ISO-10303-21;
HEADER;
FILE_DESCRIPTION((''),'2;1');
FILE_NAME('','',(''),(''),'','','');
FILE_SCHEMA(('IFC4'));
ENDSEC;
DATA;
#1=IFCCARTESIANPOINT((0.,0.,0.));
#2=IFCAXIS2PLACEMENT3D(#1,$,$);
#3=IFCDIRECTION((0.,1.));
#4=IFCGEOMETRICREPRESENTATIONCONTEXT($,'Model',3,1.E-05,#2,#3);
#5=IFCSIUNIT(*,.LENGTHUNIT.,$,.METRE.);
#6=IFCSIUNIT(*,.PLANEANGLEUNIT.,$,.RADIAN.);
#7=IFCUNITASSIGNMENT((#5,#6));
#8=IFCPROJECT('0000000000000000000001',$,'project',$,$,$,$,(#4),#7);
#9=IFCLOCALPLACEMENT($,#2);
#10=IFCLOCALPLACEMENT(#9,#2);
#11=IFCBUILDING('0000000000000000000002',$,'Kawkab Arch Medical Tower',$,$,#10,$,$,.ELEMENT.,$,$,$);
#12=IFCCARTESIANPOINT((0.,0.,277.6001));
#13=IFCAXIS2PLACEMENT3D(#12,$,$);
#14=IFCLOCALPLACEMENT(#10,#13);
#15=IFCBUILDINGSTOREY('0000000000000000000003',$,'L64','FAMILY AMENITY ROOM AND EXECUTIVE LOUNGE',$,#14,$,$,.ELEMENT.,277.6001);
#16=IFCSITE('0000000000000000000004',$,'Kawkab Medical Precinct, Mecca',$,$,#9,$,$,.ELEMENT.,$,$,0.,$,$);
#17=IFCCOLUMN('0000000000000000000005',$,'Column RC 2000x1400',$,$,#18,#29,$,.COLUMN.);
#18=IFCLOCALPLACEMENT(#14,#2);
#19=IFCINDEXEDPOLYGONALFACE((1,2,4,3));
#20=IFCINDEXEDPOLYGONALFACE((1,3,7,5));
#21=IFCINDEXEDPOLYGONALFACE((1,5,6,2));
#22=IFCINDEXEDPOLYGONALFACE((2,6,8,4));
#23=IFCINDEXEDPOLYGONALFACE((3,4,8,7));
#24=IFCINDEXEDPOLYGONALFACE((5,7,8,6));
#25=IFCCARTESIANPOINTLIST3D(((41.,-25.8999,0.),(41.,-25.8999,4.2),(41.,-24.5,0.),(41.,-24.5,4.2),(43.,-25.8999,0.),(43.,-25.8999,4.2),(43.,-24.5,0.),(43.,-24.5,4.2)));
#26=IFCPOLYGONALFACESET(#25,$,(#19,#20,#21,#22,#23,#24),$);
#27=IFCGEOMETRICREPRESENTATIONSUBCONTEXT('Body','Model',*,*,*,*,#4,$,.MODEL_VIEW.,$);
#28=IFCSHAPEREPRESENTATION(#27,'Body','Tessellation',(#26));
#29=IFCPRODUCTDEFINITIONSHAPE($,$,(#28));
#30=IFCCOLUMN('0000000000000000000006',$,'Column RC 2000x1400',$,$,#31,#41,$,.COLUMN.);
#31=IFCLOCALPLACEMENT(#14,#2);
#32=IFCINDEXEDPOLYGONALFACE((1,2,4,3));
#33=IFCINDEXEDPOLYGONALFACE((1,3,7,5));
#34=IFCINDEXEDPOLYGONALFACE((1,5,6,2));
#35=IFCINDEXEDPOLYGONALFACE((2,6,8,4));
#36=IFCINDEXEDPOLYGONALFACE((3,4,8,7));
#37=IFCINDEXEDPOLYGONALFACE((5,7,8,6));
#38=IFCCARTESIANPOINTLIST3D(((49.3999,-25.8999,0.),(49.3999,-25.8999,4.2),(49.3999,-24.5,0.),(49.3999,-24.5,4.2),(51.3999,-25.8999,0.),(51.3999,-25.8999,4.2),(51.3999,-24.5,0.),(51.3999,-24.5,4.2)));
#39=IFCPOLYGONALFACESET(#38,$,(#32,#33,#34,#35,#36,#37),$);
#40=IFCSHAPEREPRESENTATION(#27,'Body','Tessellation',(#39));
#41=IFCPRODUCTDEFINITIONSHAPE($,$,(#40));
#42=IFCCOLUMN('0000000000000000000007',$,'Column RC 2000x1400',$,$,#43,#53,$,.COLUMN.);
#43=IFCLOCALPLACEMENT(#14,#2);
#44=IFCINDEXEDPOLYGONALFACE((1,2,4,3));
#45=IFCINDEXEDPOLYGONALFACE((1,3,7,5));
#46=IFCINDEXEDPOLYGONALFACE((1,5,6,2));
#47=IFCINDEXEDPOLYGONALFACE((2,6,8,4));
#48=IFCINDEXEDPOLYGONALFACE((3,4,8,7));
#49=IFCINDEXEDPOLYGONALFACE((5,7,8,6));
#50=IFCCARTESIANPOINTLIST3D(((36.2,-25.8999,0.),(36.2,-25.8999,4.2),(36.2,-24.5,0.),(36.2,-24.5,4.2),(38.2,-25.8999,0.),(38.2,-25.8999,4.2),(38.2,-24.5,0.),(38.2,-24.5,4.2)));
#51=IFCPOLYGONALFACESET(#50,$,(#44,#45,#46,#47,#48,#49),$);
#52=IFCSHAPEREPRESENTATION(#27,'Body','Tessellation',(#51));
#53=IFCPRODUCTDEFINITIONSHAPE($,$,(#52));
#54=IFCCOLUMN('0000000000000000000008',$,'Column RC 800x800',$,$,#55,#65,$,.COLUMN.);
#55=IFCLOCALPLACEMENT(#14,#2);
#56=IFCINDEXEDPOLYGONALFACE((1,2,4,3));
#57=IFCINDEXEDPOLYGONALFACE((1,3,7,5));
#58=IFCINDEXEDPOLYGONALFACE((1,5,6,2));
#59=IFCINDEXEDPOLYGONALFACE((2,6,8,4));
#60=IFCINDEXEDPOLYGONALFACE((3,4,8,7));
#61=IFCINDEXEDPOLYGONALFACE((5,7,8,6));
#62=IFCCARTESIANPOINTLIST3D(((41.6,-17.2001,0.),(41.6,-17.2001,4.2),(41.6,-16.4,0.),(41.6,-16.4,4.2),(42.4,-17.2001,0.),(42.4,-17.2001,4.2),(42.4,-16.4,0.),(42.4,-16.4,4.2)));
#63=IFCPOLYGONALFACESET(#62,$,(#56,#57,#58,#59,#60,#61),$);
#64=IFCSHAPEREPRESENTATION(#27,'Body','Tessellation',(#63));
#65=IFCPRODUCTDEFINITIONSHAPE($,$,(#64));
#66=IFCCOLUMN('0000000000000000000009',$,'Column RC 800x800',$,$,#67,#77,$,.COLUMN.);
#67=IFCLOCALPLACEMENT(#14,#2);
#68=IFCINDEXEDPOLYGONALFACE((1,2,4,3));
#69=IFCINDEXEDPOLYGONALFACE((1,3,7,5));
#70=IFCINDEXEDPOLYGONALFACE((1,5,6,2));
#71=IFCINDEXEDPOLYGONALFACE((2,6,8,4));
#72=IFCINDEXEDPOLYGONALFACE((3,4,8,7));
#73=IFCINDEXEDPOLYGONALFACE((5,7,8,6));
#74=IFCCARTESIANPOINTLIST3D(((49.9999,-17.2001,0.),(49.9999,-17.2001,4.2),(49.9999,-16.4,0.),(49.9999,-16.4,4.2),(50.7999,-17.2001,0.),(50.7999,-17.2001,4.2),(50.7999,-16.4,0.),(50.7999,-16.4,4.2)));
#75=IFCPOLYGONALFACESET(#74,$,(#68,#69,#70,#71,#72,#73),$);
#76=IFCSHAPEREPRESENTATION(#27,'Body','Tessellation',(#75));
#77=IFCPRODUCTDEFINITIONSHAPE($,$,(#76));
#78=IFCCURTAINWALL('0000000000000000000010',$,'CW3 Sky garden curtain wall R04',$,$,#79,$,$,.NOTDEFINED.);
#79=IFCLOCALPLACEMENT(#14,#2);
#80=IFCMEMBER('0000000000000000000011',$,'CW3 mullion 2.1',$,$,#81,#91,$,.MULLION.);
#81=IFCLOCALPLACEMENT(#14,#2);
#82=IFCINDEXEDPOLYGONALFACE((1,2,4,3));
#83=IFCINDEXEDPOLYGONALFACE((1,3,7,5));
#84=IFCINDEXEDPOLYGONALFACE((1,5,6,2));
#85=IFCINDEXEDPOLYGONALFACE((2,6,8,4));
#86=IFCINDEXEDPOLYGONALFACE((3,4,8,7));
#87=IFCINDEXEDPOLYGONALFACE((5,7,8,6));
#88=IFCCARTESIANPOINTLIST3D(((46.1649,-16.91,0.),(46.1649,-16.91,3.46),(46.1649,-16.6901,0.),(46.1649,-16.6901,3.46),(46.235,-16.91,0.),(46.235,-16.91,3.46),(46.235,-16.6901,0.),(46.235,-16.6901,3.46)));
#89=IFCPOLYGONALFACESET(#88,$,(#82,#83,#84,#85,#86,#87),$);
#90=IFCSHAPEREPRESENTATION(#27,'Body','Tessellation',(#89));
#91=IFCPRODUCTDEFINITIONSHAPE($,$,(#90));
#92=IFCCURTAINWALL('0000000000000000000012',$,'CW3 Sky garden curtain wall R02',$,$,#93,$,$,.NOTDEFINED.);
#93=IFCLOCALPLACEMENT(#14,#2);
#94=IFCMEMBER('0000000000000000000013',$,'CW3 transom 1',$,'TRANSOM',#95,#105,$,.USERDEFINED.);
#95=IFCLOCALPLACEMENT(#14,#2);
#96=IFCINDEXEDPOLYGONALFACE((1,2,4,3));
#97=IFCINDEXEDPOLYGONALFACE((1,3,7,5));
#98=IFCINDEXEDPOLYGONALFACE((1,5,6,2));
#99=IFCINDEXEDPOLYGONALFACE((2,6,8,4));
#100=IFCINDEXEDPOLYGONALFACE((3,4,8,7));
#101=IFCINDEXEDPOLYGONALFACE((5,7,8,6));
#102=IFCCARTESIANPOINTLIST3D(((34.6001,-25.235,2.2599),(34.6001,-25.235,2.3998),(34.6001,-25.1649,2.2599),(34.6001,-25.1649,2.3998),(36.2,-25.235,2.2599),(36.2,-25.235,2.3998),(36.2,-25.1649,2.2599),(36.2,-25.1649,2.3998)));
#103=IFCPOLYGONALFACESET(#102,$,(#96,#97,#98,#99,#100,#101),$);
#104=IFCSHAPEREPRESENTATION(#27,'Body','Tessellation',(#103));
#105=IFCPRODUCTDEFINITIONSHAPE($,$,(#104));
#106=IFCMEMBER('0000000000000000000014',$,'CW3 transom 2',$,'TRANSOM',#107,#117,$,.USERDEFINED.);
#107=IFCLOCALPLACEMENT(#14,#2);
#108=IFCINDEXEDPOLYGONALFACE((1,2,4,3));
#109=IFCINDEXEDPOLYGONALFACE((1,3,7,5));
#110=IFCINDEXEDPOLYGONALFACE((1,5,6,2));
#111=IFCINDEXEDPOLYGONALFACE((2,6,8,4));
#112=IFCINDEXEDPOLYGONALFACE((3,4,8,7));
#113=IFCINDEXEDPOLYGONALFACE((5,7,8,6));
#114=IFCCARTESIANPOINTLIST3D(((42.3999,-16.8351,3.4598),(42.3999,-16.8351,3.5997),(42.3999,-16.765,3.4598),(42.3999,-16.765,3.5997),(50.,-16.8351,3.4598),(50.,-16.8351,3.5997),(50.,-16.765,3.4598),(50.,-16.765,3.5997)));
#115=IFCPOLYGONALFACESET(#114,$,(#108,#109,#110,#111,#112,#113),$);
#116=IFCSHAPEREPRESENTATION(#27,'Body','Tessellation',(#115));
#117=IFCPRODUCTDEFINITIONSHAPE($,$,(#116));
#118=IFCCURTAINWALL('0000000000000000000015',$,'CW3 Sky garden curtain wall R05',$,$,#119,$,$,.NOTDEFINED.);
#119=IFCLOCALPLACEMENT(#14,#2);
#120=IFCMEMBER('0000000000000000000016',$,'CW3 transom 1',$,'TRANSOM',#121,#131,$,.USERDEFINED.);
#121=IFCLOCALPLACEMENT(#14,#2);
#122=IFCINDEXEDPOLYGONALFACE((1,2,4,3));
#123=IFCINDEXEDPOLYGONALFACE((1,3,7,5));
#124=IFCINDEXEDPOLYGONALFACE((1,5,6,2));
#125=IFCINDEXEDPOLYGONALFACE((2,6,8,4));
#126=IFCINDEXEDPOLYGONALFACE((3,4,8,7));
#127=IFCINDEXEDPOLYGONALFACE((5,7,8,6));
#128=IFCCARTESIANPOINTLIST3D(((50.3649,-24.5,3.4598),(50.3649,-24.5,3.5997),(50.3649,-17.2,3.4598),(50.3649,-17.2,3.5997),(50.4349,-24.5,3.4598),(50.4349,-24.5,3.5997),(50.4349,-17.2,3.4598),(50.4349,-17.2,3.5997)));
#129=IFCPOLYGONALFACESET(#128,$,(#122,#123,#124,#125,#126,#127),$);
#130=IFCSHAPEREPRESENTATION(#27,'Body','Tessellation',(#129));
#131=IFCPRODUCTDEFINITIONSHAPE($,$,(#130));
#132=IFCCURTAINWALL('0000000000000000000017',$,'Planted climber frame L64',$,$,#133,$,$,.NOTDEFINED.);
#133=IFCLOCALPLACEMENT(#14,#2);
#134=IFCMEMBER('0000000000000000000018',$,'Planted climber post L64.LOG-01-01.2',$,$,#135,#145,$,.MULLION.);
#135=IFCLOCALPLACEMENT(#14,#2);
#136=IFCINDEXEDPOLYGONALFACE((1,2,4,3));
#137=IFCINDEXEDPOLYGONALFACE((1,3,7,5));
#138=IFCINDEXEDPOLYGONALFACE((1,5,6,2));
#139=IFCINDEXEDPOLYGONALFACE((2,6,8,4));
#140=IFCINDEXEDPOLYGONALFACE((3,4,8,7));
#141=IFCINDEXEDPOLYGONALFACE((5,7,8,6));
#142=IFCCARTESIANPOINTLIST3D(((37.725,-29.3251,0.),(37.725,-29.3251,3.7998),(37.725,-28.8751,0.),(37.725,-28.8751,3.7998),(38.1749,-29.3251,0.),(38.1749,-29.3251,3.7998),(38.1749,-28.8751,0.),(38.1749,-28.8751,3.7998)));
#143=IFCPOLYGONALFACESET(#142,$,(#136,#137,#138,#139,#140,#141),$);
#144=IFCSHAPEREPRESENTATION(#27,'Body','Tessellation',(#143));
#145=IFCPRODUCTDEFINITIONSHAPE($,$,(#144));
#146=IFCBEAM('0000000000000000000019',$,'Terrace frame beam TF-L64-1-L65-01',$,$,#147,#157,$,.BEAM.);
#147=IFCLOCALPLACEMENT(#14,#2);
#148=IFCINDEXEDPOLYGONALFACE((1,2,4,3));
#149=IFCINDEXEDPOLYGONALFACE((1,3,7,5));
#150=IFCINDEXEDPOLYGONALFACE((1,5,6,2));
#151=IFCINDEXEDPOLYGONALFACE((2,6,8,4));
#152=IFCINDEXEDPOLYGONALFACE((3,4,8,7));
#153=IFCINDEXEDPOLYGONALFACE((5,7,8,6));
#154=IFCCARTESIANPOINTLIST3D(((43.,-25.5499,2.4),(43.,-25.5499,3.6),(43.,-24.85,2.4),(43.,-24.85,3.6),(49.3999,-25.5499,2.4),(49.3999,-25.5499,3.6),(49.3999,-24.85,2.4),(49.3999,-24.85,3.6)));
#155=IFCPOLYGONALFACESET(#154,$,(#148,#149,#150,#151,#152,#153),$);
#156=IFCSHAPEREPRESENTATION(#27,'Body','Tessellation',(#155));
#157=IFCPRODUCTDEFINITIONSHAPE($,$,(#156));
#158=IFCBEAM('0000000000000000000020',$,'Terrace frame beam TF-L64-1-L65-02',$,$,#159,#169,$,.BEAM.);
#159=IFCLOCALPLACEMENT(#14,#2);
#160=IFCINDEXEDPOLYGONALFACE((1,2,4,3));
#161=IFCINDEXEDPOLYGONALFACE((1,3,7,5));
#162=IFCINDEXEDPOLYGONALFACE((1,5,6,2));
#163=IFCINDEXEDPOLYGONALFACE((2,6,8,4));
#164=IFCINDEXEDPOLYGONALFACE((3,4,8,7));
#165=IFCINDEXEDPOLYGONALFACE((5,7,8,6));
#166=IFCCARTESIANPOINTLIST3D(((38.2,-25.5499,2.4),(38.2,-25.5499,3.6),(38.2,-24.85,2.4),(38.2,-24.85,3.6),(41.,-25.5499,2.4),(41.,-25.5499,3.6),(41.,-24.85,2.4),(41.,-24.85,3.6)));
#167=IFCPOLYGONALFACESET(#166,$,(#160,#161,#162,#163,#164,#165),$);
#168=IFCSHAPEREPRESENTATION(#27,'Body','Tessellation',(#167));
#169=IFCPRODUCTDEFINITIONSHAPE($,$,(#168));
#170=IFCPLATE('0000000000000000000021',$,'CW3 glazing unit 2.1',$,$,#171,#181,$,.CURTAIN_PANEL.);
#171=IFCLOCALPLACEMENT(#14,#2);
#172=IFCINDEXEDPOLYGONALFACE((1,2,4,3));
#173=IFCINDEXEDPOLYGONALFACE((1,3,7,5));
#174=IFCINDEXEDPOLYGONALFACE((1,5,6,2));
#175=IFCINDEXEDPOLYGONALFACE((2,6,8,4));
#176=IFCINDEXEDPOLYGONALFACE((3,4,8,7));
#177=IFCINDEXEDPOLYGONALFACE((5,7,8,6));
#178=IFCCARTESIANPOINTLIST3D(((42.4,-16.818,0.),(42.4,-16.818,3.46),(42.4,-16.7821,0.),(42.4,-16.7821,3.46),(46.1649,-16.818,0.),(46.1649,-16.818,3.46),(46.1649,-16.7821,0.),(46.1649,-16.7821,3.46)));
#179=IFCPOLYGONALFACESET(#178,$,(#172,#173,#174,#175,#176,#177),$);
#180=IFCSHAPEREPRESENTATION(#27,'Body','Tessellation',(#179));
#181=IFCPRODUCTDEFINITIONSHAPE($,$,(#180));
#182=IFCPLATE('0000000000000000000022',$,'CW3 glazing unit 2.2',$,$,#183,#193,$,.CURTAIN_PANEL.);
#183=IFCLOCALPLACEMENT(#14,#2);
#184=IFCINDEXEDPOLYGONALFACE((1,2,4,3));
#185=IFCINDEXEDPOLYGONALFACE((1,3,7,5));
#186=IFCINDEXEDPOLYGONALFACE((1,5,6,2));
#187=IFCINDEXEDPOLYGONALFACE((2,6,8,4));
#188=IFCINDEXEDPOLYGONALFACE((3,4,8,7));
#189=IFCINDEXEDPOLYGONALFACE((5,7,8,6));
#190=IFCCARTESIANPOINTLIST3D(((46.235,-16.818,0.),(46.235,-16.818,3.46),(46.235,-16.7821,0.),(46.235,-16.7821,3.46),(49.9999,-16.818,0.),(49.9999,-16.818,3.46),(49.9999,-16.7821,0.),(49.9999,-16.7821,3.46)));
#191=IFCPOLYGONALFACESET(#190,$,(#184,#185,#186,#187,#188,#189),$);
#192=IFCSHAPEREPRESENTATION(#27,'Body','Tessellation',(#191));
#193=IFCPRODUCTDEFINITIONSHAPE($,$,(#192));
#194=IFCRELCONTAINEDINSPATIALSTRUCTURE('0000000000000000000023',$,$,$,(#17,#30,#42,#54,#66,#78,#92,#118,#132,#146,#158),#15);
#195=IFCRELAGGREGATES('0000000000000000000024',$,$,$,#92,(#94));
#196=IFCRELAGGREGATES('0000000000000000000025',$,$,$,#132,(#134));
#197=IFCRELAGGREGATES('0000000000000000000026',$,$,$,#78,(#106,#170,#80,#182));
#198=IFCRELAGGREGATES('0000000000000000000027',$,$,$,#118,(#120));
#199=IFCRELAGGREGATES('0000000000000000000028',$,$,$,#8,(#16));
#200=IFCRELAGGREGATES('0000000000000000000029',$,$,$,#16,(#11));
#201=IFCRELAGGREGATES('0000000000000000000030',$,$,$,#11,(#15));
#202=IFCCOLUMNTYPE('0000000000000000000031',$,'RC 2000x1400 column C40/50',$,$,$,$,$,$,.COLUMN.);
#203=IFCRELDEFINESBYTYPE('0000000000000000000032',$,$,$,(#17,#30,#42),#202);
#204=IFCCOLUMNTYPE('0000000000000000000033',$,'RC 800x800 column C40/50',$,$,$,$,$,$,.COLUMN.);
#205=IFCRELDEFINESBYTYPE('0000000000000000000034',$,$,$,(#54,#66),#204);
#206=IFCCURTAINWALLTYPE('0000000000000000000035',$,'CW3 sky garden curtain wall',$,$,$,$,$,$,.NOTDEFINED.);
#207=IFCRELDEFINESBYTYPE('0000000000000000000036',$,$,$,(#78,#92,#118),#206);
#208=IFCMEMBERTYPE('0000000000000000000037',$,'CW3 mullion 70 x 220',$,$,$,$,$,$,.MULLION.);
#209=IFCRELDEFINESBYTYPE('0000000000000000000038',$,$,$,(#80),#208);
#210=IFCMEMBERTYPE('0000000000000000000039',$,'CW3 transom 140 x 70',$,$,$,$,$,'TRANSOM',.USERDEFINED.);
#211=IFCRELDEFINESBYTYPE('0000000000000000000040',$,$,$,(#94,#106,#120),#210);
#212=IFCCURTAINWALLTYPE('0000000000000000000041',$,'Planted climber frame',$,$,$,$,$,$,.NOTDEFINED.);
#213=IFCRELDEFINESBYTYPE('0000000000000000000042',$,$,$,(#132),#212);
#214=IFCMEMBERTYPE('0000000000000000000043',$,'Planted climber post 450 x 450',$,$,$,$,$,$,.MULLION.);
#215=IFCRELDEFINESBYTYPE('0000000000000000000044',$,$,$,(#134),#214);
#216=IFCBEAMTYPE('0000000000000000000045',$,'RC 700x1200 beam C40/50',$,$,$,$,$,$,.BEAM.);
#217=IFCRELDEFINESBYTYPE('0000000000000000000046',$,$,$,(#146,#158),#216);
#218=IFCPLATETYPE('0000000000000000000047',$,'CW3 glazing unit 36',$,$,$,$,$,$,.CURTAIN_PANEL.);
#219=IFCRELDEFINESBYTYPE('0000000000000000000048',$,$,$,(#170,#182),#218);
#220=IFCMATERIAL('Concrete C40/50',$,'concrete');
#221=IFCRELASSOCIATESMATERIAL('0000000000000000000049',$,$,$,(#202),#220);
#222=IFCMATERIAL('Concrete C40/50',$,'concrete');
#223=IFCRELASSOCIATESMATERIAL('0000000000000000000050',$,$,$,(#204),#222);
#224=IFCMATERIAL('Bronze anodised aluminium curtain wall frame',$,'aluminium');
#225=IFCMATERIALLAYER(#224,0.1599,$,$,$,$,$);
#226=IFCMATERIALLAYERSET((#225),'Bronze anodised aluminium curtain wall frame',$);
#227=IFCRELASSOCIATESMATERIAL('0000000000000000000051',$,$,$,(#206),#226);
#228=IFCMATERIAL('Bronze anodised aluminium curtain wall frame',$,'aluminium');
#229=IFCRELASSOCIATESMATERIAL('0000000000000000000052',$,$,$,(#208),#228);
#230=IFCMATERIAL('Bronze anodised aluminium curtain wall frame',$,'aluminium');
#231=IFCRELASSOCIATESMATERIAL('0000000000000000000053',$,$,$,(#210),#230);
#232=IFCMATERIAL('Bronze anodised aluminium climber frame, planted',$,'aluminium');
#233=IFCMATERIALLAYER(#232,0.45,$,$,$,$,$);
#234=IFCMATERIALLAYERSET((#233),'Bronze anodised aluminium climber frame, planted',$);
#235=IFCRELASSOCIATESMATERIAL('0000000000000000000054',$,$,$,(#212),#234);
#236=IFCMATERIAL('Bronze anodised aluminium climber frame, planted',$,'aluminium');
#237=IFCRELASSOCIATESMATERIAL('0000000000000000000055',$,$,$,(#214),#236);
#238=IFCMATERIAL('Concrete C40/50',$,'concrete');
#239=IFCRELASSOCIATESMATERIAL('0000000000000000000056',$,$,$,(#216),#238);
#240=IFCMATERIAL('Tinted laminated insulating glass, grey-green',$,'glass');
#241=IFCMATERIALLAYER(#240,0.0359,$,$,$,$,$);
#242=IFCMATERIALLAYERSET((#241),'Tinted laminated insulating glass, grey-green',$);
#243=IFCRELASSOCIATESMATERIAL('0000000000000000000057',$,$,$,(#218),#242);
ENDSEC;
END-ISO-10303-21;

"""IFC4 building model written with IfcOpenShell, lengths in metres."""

from ifc_helpers import new_model, si_unit, direction, frame, origin, origin_2d, place, context, subcontext, project, spatial, rectangle, extrude, material, layer, layer_set, material_profile, profile_set, type_object, element, aggregate, save


model = new_model("IFC4")

# Units and contexts
model_context = context("Model", 3, precision=1e-05, world=origin(), true_north=direction((0.0, 1.0)))
body_context = subcontext(model_context, "Body", "Model", "MODEL_VIEW")
ifc_project = project(units=[si_unit("LENGTHUNIT", "METRE"), si_unit("PLANEANGLEUNIT", "RADIAN")], contexts=[model_context])

# Site, building, storey
site_placement = place(None, origin())
site = spatial("IfcSite", under=ifc_project, at=site_placement, Name="Kawkab Medical Precinct, Mecca", CompositionType="ELEMENT", RefElevation=0.0)
building_placement = place(site_placement, origin())
building = spatial("IfcBuilding", under=site, at=building_placement, Name="Kawkab Arch Medical Tower", CompositionType="ELEMENT")
storey_placement = place(building_placement, frame((0.0, 0.0, 277.6001)))
storey = spatial("IfcBuildingStorey", under=building, at=storey_placement, Name="L64", Description="FAMILY AMENITY ROOM AND EXECUTIVE LOUNGE", CompositionType="ELEMENT", Elevation=277.6001)

# Columns
ifc_material_1 = material(Name="Concrete C40/50", Category="concrete")
ifc_material_profile_1 = material_profile(ifc_material_1, rectangle(XDim=2.0, YDim=1.3999, at=origin_2d()), Name="RC 2000x1400")
ifc_profile_set_1 = profile_set([ifc_material_profile_1], Name="Concrete C40/50")
column_type_1 = type_object("IfcColumnType", Name="RC 2000x1400 column C40/50", PredefinedType="COLUMN", material=ifc_profile_set_1)
for number, where, z_axis, x_axis, name in (
    (1, (42.0, -25.2, 0.0), (0.0, 0.0, 1.0), (-1.0, 0.0, 0.0), "Column RC 2000x1400"),
    (2, (50.3999, -25.2, 0.0), (0.0, 0.0, 1.0), (-1.0, 0.0, 0.0), "Column RC 2000x1400"),
    (3, (37.2, -25.2, 0.0), (0.0, 0.0, 1.0), (-1.0, 0.0, 0.0), "Column RC 2000x1400"),
):
    element("IfcColumn", number, at=place(storey_placement, frame(where, z_axis=z_axis, x_axis=x_axis)), inside=storey, type_object=column_type_1, Name=name, PredefinedType="COLUMN", context=body_context, shape_type="SweptSolid", body=[
        extrude(rectangle(XDim=2.0, YDim=1.3999, at=origin_2d()), origin(), (0.0, 0.0, 1.0), 4.2),
    ])
ifc_material_2 = material(Name="Concrete C40/50", Category="concrete")
ifc_material_profile_2 = material_profile(ifc_material_2, rectangle(XDim=0.8, YDim=0.8, at=origin_2d()), Name="RC 800x800")
ifc_profile_set_2 = profile_set([ifc_material_profile_2], Name="Concrete C40/50")
column_type_2 = type_object("IfcColumnType", Name="RC 800x800 column C40/50", PredefinedType="COLUMN", material=ifc_profile_set_2)
for number, where, z_axis, x_axis, name in (
    (4, (42.0, -16.8, 0.0), (0.0, 0.0, 1.0), (1.0, 0.0, 0.0), "Column RC 800x800"),
    (5, (50.3999, -16.8, 0.0), (0.0, 0.0, 1.0), (1.0, 0.0, 0.0), "Column RC 800x800"),
):
    element("IfcColumn", number, at=place(storey_placement, frame(where, z_axis=z_axis, x_axis=x_axis)), inside=storey, type_object=column_type_2, Name=name, PredefinedType="COLUMN", context=body_context, shape_type="SweptSolid", body=[
        extrude(rectangle(XDim=0.8, YDim=0.8, at=origin_2d()), origin(), (0.0, 0.0, 1.0), 4.2),
    ])

# Curtain walls, members
ifc_material_3 = material(Name="Bronze anodised aluminium curtain wall frame", Category="aluminium")
ifc_layer_1 = layer(ifc_material_3, 0.1599)
ifc_layer_set_1 = layer_set([ifc_layer_1], Name="Bronze anodised aluminium curtain wall frame")
curtain_wall_type_1 = type_object("IfcCurtainWallType", Name="CW3 sky garden curtain wall", PredefinedType="NOTDEFINED", material=ifc_layer_set_1)
placement = place(storey_placement, origin())
curtain_wall_1 = element("IfcCurtainWall", 6, at=placement, inside=storey, type_object=curtain_wall_type_1, Name="CW3 Sky garden curtain wall R04", PredefinedType="NOTDEFINED")
ifc_material_4 = material(Name="Bronze anodised aluminium curtain wall frame", Category="aluminium")
ifc_material_profile_3 = material_profile(ifc_material_4, rectangle(XDim=0.22, YDim=0.0701, at=origin_2d()), Name="AL 70x220")
ifc_profile_set_3 = profile_set([ifc_material_profile_3], Name="Bronze anodised aluminium curtain wall frame")
member_type_1 = type_object("IfcMemberType", Name="CW3 mullion 70 x 220", PredefinedType="MULLION", material=ifc_profile_set_3)
member_1_placement = place(storey_placement, frame((46.2, -16.8, 0.0), z_axis=(0.0, 0.0, 1.0), x_axis=(0.0, 1.0, 0.0)))
member_1 = element("IfcMember", 7, at=member_1_placement, type_object=member_type_1, Name="CW3 mullion 2.1", PredefinedType="MULLION", context=body_context, shape_type="SweptSolid", body=[
    extrude(rectangle(XDim=0.22, YDim=0.0701, at=origin_2d()), origin(), (0.0, 0.0, 1.0), 3.46),
])
curtain_wall_2 = element("IfcCurtainWall", 8, at=placement, inside=storey, type_object=curtain_wall_type_1, Name="CW3 Sky garden curtain wall R02", PredefinedType="NOTDEFINED")
ifc_material_5 = material(Name="Bronze anodised aluminium curtain wall frame", Category="aluminium")
ifc_material_profile_4 = material_profile(ifc_material_5, rectangle(XDim=0.0701, YDim=0.1399, at=origin_2d()), Name="AL 70x140")
ifc_profile_set_4 = profile_set([ifc_material_profile_4], Name="Bronze anodised aluminium curtain wall frame")
member_type_2 = type_object("IfcMemberType", Name="CW3 transom 140 x 70", ElementType="TRANSOM", PredefinedType="USERDEFINED", material=ifc_profile_set_4)
member_2_placement = place(storey_placement, frame((36.2, -25.2, 2.3298), z_axis=(-1.0, 0.0, 0.0), x_axis=(0.0, -1.0, 0.0)))
member_2 = element("IfcMember", 9, at=member_2_placement, type_object=member_type_2, Name="CW3 transom 1", ObjectType="TRANSOM", PredefinedType="USERDEFINED", context=body_context, shape_type="SweptSolid", body=[
    extrude(rectangle(XDim=0.0701, YDim=0.1399, at=origin_2d()), origin(), (0.0, 0.0, 1.0), 1.5999),
])
aggregate(curtain_wall_2, [member_2])

# Member
member_3_placement = place(storey_placement, frame((42.3999, -16.8, 3.5298), z_axis=(1.0, 0.0, 0.0), x_axis=(0.0, 1.0, 0.0)))
member_3 = element("IfcMember", 10, at=member_3_placement, type_object=member_type_2, Name="CW3 transom 2", ObjectType="TRANSOM", PredefinedType="USERDEFINED", context=body_context, shape_type="SweptSolid", body=[
    extrude(rectangle(XDim=0.0701, YDim=0.1399, at=origin_2d()), origin(), (0.0, 0.0, 1.0), 7.6001),
])

# Curtain walls, members
curtain_wall_3 = element("IfcCurtainWall", 11, at=placement, inside=storey, type_object=curtain_wall_type_1, Name="CW3 Sky garden curtain wall R05", PredefinedType="NOTDEFINED")
member_4_placement = place(storey_placement, frame((50.3999, -17.2, 3.5298), z_axis=(0.0, -1.0, 0.0), x_axis=(1.0, 0.0, 0.0)))
member_4 = element("IfcMember", 12, at=member_4_placement, type_object=member_type_2, Name="CW3 transom 1", ObjectType="TRANSOM", PredefinedType="USERDEFINED", context=body_context, shape_type="SweptSolid", body=[
    extrude(rectangle(XDim=0.0701, YDim=0.1399, at=origin_2d()), origin(), (0.0, 0.0, 1.0), 7.3),
])
ifc_material_6 = material(Name="Bronze anodised aluminium climber frame, planted", Category="aluminium")
ifc_layer_2 = layer(ifc_material_6, 0.45)
ifc_layer_set_2 = layer_set([ifc_layer_2], Name="Bronze anodised aluminium climber frame, planted")
curtain_wall_type_2 = type_object("IfcCurtainWallType", Name="Planted climber frame", PredefinedType="NOTDEFINED", material=ifc_layer_set_2)
curtain_wall_4 = element("IfcCurtainWall", 13, at=placement, inside=storey, type_object=curtain_wall_type_2, Name="Planted climber frame L64", PredefinedType="NOTDEFINED")
ifc_material_7 = material(Name="Bronze anodised aluminium climber frame, planted", Category="aluminium")
ifc_material_profile_5 = material_profile(ifc_material_7, rectangle(XDim=0.45, YDim=0.45, at=origin_2d()), Name="Post 450x450")
ifc_profile_set_5 = profile_set([ifc_material_profile_5], Name="Bronze anodised aluminium climber frame, planted")
member_type_3 = type_object("IfcMemberType", Name="Planted climber post 450 x 450", PredefinedType="MULLION", material=ifc_profile_set_5)
member_5_placement = place(storey_placement, frame((37.95, -29.1001, 0.0), z_axis=(0.0, 0.0, 1.0), x_axis=(1.0, 0.0, 0.0)))
member_5 = element("IfcMember", 14, at=member_5_placement, type_object=member_type_3, Name="Planted climber post L64.LOG-01-01.2", PredefinedType="MULLION", context=body_context, shape_type="SweptSolid", body=[
    extrude(rectangle(XDim=0.45, YDim=0.45, at=origin_2d()), origin(), (0.0, 0.0, 1.0), 3.7998),
])
aggregate(curtain_wall_4, [member_5])

# Beams
ifc_material_8 = material(Name="Concrete C40/50", Category="concrete")
ifc_material_profile_6 = material_profile(ifc_material_8, rectangle(XDim=0.7, YDim=1.2, at=origin_2d()), Name="RC 700x1200")
ifc_profile_set_6 = profile_set([ifc_material_profile_6], Name="Concrete C40/50")
beam_type = type_object("IfcBeamType", Name="RC 700x1200 beam C40/50", PredefinedType="BEAM", material=ifc_profile_set_6)
beam_1_placement = place(storey_placement, frame((49.3999, -25.2, 3.0), z_axis=(-1.0, 0.0, 0.0), x_axis=(0.0, -1.0, 0.0)))
element("IfcBeam", 15, at=beam_1_placement, inside=storey, type_object=beam_type, Name="Terrace frame beam TF-L64-1-L65-01", PredefinedType="BEAM", context=body_context, shape_type="SweptSolid", body=[
    extrude(rectangle(XDim=0.7, YDim=1.2, at=origin_2d()), origin(), (0.0, 0.0, 1.0), 6.3999),
])
beam_2_placement = place(storey_placement, frame((41.0, -25.2, 3.0), z_axis=(-1.0, 0.0, 0.0), x_axis=(0.0, -1.0, 0.0)))
element("IfcBeam", 16, at=beam_2_placement, inside=storey, type_object=beam_type, Name="Terrace frame beam TF-L64-1-L65-02", PredefinedType="BEAM", context=body_context, shape_type="SweptSolid", body=[
    extrude(rectangle(XDim=0.7, YDim=1.2, at=origin_2d()), origin(), (0.0, 0.0, 1.0), 2.8),
])

# Plates
ifc_material_9 = material(Name="Tinted laminated insulating glass, grey-green", Category="glass")
ifc_layer_3 = layer(ifc_material_9, 0.0359)
ifc_layer_set_3 = layer_set([ifc_layer_3], Name="Tinted laminated insulating glass, grey-green")
plate_type = type_object("IfcPlateType", Name="CW3 glazing unit 36", PredefinedType="CURTAIN_PANEL", material=ifc_layer_set_3)
plate_1_placement = place(storey_placement, frame((44.2825, -16.8, 0.0), z_axis=(0.0, 0.0, 1.0), x_axis=(1.0, 0.0, 0.0)))
plate_1 = element("IfcPlate", 17, at=plate_1_placement, type_object=plate_type, Name="CW3 glazing unit 2.1", PredefinedType="CURTAIN_PANEL", context=body_context, shape_type="SweptSolid", body=[
    extrude(rectangle(XDim=3.7649, YDim=0.0359, at=origin_2d()), origin(), (0.0, 0.0, 1.0), 3.46),
])
plate_2_placement = place(storey_placement, frame((48.1174, -16.8, 0.0), z_axis=(0.0, 0.0, 1.0), x_axis=(1.0, 0.0, 0.0)))
plate_2 = element("IfcPlate", 18, at=plate_2_placement, type_object=plate_type, Name="CW3 glazing unit 2.2", PredefinedType="CURTAIN_PANEL", context=body_context, shape_type="SweptSolid", body=[
    extrude(rectangle(XDim=3.7649, YDim=0.0359, at=origin_2d()), origin(), (0.0, 0.0, 1.0), 3.46),
])
aggregate(curtain_wall_1, [member_3, plate_1, member_1, plate_2])
aggregate(curtain_wall_3, [member_4])

save(model, "model.ifc")
